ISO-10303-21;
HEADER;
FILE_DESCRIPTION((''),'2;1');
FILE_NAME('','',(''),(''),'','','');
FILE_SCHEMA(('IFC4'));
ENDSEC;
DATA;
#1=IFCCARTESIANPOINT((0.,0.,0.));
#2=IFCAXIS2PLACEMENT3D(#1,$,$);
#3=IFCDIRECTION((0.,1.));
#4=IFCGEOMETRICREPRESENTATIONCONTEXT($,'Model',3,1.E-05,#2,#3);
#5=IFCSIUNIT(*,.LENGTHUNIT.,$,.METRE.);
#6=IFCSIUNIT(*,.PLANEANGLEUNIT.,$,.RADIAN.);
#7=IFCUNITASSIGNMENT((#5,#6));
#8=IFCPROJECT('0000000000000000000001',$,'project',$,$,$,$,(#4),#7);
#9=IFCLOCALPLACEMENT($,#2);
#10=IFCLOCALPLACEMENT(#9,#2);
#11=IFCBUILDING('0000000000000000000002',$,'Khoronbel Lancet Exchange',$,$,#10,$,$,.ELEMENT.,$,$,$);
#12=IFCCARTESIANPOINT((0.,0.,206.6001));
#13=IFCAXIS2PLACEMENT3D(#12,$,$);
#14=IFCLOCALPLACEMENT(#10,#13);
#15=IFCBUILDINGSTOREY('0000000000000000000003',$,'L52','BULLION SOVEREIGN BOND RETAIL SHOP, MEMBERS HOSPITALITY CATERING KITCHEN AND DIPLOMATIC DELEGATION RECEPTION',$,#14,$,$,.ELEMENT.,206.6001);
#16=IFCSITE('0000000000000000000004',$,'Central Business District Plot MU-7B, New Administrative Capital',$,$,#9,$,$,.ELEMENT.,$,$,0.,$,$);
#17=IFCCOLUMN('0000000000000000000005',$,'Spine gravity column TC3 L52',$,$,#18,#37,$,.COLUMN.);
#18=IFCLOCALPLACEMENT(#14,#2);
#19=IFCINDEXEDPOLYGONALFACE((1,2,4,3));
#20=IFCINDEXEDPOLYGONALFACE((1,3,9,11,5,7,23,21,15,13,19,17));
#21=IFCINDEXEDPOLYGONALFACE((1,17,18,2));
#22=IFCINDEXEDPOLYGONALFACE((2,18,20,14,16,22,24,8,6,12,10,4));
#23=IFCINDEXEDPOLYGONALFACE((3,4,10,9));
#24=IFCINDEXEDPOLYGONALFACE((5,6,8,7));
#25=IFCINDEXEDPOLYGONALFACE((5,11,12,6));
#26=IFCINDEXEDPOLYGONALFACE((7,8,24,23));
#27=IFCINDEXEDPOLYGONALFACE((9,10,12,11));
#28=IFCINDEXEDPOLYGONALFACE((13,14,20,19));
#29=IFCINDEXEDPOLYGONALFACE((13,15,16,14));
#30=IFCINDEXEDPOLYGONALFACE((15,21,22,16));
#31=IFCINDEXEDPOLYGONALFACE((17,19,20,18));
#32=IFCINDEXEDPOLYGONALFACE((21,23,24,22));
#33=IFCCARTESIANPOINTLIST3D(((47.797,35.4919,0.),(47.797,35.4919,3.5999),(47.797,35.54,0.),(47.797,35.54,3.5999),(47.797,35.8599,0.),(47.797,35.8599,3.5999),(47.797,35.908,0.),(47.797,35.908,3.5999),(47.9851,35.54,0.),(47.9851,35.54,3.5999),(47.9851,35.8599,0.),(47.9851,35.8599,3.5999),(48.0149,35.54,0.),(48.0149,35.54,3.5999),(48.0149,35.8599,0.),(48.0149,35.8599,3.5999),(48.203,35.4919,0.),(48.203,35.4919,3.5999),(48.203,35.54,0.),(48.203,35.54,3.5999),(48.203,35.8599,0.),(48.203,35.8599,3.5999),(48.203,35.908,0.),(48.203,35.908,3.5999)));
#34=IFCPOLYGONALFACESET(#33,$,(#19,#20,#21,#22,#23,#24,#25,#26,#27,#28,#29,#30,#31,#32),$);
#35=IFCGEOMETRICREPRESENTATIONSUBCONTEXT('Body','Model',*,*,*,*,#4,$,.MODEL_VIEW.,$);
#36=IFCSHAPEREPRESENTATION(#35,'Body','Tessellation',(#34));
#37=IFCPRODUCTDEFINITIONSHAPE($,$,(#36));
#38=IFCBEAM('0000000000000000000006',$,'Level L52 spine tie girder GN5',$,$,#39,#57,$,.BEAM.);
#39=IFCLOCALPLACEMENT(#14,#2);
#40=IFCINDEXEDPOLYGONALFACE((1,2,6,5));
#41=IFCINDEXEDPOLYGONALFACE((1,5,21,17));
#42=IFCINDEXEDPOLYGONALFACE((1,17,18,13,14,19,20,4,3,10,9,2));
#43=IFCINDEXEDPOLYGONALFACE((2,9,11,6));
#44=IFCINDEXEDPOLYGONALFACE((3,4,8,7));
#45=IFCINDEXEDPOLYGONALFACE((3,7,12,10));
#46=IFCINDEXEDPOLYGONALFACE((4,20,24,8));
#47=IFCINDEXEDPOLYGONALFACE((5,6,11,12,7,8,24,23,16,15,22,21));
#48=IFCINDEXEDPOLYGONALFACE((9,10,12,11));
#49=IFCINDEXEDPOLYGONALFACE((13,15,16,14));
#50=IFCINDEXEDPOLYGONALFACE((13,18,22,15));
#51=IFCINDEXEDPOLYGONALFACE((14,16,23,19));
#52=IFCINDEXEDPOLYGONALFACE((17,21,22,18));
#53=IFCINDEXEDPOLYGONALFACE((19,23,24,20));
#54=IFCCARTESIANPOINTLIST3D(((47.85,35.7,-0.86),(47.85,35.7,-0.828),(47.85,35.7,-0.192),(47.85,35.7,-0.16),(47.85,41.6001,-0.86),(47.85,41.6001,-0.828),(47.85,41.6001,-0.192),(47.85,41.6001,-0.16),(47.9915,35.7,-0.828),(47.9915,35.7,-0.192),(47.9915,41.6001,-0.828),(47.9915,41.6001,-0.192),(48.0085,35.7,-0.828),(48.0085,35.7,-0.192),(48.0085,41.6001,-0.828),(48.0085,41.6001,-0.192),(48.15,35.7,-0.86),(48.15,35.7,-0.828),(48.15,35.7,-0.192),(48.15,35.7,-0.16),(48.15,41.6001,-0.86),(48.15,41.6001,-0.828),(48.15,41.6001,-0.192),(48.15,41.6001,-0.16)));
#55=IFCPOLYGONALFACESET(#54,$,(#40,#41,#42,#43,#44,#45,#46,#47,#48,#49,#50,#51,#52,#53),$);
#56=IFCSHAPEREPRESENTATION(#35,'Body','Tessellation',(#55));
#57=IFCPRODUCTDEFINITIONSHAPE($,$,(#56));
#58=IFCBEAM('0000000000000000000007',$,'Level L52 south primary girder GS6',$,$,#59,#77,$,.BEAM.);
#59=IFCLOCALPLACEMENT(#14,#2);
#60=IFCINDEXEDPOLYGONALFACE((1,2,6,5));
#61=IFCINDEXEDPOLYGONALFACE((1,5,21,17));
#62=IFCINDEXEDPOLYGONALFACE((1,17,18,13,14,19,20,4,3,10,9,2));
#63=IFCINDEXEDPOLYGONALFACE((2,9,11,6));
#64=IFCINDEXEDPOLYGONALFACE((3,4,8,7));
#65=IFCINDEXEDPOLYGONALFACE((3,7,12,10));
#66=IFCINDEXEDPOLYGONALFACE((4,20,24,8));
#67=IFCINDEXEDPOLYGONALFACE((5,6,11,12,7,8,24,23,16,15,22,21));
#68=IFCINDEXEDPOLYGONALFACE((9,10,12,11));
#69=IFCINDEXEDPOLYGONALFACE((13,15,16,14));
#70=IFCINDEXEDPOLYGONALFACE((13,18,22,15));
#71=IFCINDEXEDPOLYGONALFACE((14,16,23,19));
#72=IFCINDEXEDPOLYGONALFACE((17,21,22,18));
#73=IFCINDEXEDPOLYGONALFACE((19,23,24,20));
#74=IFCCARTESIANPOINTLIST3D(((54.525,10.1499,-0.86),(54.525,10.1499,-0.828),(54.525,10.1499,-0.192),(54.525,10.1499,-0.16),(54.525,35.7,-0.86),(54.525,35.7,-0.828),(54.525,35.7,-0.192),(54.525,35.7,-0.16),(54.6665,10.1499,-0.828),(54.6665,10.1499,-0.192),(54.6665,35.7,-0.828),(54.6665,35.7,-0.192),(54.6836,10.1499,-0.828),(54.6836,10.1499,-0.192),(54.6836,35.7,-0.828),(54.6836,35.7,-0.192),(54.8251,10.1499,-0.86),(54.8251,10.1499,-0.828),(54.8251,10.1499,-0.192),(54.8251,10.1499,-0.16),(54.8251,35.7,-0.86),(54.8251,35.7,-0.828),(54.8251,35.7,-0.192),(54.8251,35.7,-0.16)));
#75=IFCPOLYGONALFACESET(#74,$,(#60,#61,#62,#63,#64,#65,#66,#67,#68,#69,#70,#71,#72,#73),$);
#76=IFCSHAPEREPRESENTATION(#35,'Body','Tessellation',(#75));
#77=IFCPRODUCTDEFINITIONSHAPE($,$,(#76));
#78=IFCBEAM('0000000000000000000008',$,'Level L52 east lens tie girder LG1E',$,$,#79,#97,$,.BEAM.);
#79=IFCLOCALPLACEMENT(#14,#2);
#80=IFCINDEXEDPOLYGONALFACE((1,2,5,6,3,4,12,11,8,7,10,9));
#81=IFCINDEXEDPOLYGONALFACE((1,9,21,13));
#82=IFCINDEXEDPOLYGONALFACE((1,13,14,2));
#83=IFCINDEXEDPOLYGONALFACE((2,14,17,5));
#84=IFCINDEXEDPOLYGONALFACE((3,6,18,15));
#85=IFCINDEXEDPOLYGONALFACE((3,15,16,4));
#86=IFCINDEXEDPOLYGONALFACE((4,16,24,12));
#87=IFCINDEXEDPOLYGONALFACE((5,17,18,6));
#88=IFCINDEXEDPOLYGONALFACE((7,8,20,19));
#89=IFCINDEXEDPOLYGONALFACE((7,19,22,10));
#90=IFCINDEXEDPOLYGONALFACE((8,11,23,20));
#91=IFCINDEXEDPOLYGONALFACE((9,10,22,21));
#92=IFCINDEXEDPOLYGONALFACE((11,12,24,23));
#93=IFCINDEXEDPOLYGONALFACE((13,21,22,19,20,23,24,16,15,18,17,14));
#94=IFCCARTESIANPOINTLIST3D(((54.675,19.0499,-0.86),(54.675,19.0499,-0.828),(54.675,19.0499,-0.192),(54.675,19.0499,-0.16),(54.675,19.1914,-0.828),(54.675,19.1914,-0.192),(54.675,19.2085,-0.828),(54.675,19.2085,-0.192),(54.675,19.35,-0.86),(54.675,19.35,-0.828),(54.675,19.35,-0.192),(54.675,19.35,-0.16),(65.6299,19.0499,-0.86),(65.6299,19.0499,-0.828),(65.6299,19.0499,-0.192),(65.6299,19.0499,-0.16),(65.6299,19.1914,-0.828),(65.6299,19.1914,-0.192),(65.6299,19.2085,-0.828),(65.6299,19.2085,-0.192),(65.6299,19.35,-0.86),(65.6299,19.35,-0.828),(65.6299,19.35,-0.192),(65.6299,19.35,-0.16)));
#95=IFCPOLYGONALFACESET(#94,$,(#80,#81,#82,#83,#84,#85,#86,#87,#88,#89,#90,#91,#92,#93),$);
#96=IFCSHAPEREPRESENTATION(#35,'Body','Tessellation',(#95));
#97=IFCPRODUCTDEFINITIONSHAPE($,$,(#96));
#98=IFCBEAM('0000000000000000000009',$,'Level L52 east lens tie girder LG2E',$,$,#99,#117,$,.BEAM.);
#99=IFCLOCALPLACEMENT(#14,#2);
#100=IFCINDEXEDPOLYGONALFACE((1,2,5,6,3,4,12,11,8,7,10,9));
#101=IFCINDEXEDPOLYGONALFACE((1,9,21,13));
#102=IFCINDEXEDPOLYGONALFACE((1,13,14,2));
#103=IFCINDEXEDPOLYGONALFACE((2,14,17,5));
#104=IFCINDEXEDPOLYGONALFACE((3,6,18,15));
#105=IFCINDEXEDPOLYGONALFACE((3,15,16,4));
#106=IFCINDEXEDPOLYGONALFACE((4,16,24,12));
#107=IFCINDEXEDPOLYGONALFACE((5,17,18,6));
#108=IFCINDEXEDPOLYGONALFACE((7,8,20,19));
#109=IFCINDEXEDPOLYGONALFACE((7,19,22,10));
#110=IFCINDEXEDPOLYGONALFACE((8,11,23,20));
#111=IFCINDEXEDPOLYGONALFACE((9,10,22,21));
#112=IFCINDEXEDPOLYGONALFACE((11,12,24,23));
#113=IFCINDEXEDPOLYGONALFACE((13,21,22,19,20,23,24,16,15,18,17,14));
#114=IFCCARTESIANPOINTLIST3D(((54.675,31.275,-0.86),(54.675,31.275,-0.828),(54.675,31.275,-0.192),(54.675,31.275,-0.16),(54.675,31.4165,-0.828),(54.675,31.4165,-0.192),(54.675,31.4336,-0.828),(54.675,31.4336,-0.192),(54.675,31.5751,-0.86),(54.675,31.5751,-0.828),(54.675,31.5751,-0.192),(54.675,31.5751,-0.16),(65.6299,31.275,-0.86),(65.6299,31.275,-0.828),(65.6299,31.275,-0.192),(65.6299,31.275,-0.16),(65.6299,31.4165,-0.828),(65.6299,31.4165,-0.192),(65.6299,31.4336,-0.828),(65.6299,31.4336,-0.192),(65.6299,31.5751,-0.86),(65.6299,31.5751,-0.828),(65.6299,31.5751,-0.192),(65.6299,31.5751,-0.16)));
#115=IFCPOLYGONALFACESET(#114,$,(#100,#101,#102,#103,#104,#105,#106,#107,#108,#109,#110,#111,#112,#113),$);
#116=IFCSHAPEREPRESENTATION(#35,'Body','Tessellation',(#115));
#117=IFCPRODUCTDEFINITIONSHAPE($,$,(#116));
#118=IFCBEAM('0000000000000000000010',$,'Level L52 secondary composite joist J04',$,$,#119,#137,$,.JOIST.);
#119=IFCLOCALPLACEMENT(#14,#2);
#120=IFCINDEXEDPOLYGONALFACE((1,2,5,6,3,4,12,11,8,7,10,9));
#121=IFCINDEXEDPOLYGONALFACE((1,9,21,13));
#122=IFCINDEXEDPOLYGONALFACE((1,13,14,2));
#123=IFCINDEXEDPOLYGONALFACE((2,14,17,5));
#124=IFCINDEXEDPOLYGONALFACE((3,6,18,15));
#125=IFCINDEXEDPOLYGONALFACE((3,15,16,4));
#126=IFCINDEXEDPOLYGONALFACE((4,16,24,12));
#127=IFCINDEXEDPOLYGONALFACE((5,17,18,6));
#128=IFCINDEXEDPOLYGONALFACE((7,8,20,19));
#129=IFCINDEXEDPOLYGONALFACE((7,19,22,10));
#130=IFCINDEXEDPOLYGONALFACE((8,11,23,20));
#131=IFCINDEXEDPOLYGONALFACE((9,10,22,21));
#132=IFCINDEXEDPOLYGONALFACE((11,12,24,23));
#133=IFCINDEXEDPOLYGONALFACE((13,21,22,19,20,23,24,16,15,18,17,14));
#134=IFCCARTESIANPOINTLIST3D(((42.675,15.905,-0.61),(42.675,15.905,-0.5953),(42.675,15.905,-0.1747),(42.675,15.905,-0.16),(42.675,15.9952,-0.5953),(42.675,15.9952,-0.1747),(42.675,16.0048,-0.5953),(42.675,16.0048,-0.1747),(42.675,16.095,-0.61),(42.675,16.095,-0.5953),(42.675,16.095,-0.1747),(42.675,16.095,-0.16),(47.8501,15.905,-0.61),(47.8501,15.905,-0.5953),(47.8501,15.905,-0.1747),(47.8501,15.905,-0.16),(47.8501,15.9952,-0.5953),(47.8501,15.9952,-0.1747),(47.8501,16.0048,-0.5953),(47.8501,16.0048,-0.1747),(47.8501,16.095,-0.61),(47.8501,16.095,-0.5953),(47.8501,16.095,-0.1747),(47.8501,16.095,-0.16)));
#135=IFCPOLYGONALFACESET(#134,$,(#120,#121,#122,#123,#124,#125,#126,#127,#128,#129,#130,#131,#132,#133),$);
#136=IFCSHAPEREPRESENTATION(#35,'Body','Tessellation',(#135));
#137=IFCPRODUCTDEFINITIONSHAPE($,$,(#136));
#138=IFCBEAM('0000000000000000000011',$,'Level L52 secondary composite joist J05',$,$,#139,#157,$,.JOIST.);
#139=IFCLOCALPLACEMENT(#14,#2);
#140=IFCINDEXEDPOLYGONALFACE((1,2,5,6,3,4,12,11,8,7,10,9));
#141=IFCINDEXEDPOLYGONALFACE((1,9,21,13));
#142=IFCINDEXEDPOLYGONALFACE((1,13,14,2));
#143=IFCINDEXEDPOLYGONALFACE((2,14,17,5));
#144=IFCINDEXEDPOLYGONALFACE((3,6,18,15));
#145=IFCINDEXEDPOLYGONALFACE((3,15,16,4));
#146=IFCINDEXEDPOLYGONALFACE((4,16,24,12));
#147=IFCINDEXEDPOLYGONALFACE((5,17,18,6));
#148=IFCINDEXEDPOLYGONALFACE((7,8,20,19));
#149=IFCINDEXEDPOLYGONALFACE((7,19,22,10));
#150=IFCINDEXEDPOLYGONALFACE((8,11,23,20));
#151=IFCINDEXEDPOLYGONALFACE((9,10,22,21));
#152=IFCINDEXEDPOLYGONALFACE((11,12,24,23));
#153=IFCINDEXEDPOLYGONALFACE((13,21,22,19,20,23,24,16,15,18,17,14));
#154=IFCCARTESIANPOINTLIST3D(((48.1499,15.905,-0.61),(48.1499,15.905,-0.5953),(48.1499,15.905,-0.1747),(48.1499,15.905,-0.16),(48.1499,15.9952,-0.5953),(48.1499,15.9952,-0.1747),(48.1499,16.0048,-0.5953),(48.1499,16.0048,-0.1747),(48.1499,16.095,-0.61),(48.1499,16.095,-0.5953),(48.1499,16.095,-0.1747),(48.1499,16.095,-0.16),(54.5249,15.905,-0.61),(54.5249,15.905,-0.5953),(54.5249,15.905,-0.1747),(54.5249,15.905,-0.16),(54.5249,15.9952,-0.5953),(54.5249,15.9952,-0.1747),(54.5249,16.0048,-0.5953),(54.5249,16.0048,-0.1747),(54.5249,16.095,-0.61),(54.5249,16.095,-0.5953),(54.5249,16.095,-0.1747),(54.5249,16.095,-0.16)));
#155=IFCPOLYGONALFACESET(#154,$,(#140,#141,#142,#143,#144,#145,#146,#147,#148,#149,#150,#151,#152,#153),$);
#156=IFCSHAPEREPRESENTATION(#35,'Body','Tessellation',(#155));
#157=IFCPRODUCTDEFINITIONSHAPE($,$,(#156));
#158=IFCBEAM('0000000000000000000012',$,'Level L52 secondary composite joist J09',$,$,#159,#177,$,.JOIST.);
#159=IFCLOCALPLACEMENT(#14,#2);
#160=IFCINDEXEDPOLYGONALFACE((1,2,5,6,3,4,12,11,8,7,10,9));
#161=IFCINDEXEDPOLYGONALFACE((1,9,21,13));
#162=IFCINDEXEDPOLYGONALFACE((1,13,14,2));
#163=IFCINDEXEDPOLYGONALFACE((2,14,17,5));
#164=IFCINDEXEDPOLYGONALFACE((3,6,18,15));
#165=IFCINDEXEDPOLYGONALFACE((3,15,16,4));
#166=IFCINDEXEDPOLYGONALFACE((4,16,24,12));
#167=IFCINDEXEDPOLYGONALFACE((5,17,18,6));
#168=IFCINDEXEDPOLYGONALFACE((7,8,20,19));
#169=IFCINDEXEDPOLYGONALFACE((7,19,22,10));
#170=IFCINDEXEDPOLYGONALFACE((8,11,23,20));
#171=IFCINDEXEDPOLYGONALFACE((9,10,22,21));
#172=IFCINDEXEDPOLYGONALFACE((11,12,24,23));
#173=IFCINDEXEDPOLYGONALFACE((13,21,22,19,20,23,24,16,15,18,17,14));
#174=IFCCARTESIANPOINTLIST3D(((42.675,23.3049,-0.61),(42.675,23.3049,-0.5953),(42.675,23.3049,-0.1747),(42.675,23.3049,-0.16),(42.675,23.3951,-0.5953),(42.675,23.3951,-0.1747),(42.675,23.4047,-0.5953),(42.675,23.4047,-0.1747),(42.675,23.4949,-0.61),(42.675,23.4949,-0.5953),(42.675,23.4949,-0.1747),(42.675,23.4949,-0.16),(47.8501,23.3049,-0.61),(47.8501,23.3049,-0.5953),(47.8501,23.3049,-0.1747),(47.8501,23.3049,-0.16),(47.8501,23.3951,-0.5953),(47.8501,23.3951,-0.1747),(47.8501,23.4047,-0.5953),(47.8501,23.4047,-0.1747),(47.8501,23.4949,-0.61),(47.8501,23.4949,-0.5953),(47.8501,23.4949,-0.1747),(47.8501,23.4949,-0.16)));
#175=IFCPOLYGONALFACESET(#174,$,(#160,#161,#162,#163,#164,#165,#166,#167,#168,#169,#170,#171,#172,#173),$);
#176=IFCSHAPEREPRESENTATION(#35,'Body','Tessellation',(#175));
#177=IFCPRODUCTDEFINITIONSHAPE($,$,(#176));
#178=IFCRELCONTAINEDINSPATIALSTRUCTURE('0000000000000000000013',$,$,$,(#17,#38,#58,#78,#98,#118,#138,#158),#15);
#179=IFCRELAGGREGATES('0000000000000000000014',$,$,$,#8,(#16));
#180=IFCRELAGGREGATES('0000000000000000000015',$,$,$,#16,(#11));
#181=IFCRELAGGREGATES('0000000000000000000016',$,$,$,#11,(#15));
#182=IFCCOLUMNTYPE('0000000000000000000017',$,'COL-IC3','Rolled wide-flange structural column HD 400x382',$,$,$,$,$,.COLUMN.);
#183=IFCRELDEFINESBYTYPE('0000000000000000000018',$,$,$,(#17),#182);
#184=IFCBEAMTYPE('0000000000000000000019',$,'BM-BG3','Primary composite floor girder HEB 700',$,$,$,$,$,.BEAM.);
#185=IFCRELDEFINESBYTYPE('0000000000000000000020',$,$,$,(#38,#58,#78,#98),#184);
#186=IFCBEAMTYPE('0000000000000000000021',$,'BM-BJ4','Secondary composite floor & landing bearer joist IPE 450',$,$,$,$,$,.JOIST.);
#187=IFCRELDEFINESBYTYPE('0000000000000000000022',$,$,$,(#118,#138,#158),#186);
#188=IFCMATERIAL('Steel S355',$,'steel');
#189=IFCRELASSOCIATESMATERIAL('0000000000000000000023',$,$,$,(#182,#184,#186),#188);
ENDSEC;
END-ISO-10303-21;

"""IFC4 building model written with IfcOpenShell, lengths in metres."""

from ifc_helpers import new_model, si_unit, direction, frame, origin, origin_2d, place, context, subcontext, project, spatial, i_section, extrude, material, material_profile, profile_set, type_object, element, save


model = new_model("IFC4")

# Units and contexts
model_context = context("Model", 3, precision=1e-05, world=origin(), true_north=direction((0.0, 1.0)))
body_context = subcontext(model_context, "Body", "Model", "MODEL_VIEW")
ifc_project = project(units=[si_unit("LENGTHUNIT", "METRE"), si_unit("PLANEANGLEUNIT", "RADIAN")], contexts=[model_context])

# Site, building, storey
site_placement = place(None, origin())
site = spatial("IfcSite", under=ifc_project, at=site_placement, Name="Central Business District Plot MU-7B, New Administrative Capital", CompositionType="ELEMENT", RefElevation=0.0)
building_placement = place(site_placement, origin())
building = spatial("IfcBuilding", under=site, at=building_placement, Name="Khoronbel Lancet Exchange", CompositionType="ELEMENT")
storey_placement = place(building_placement, frame((0.0, 0.0, 206.6001)))
storey = spatial("IfcBuildingStorey", under=building, at=storey_placement, Name="L52", Description="BULLION SOVEREIGN BOND RETAIL SHOP, MEMBERS HOSPITALITY CATERING KITCHEN AND DIPLOMATIC DELEGATION RECEPTION", CompositionType="ELEMENT", Elevation=206.6001)

# Column
ifc_material_1 = material(Name="Steel S355", Category="steel")
ifc_material_profile_1 = material_profile(ifc_material_1, i_section(OverallWidth=0.406, OverallDepth=0.416, WebThickness=0.0298, FlangeThickness=0.0481, at=origin_2d()), Name="HD 400x382")
ifc_profile_set_1 = profile_set([ifc_material_profile_1], Name="Steel S355")
column_type = type_object("IfcColumnType", Name="COL-IC3", Description="Rolled wide-flange structural column HD 400x382", PredefinedType="COLUMN", material=ifc_profile_set_1)
column_placement = place(storey_placement, frame((48.0, 35.7, 0.0), z_axis=(0.0, 0.0, 1.0), x_axis=(1.0, 0.0, 0.0)))
element("IfcColumn", 1, at=column_placement, inside=storey, type_object=column_type, Name="Spine gravity column TC3 L52", PredefinedType="COLUMN", context=body_context, shape_type="SweptSolid", body=[
    extrude(i_section(OverallWidth=0.406, OverallDepth=0.416, WebThickness=0.0298, FlangeThickness=0.0481, at=origin_2d()), origin(), (0.0, 0.0, 1.0), 3.5999),
])

# Beams
ifc_material_profile_2 = material_profile(ifc_material_1, i_section(OverallWidth=0.3, OverallDepth=0.7, WebThickness=0.0171, FlangeThickness=0.032, at=origin_2d()), Name="HEB 700")
ifc_profile_set_2 = profile_set([ifc_material_profile_2], Name="Steel S355")
beam_type_1 = type_object("IfcBeamType", Name="BM-BG3", Description="Primary composite floor girder HEB 700", PredefinedType="BEAM", material=ifc_profile_set_2)
beam_1_placement = place(storey_placement, frame((48.0, 35.7, -0.51), z_axis=(0.0, 1.0, 0.0), x_axis=(-1.0, 0.0, 0.0)))
element("IfcBeam", 2, at=beam_1_placement, inside=storey, type_object=beam_type_1, Name="Level L52 spine tie girder GN5", PredefinedType="BEAM", context=body_context, shape_type="SweptSolid", body=[
    extrude(i_section(OverallWidth=0.3, OverallDepth=0.7, WebThickness=0.0171, FlangeThickness=0.032, at=origin_2d()), origin(), (0.0, 0.0, 1.0), 5.9001),
])
beam_2_placement = place(storey_placement, frame((54.675, 10.1499, -0.51), z_axis=(0.0, 1.0, 0.0), x_axis=(-1.0, 0.0, 0.0)))
element("IfcBeam", 3, at=beam_2_placement, inside=storey, type_object=beam_type_1, Name="Level L52 south primary girder GS6", PredefinedType="BEAM", context=body_context, shape_type="SweptSolid", body=[
    extrude(i_section(OverallWidth=0.3, OverallDepth=0.7, WebThickness=0.0171, FlangeThickness=0.032, at=origin_2d()), origin(), (0.0, 0.0, 1.0), 25.55),
])
for number, where, z_axis, x_axis, name in (
    (4, (54.675, 19.2, -0.51), (1.0, 0.0, 0.0), (0.0, 1.0, 0.0), "Level L52 east lens tie girder LG1E"),
    (5, (54.675, 31.425, -0.51), (1.0, 0.0, 0.0), (0.0, 1.0, 0.0), "Level L52 east lens tie girder LG2E"),
):
    element("IfcBeam", number, at=place(storey_placement, frame(where, z_axis=z_axis, x_axis=x_axis)), inside=storey, type_object=beam_type_1, Name=name, PredefinedType="BEAM", context=body_context, shape_type="SweptSolid", body=[
        extrude(i_section(OverallWidth=0.3, OverallDepth=0.7, WebThickness=0.0171, FlangeThickness=0.032, at=origin_2d()), origin(), (0.0, 0.0, 1.0), 10.9548),
    ])
ifc_material_profile_3 = material_profile(ifc_material_1, i_section(OverallWidth=0.1899, OverallDepth=0.45, WebThickness=0.0095, FlangeThickness=0.0146, at=origin_2d()), Name="IPE 450")
ifc_profile_set_3 = profile_set([ifc_material_profile_3], Name="Steel S355")
beam_type_2 = type_object("IfcBeamType", Name="BM-BJ4", Description="Secondary composite floor & landing bearer joist IPE 450", PredefinedType="JOIST", material=ifc_profile_set_3)
beam_3_placement = place(storey_placement, frame((42.675, 16.0, -0.385), z_axis=(1.0, 0.0, 0.0), x_axis=(0.0, 1.0, 0.0)))
element("IfcBeam", 6, at=beam_3_placement, inside=storey, type_object=beam_type_2, Name="Level L52 secondary composite joist J04", PredefinedType="JOIST", context=body_context, shape_type="SweptSolid", body=[
    extrude(i_section(OverallWidth=0.1899, OverallDepth=0.45, WebThickness=0.0095, FlangeThickness=0.0146, at=origin_2d()), origin(), (0.0, 0.0, 1.0), 5.175),
])
beam_4_placement = place(storey_placement, frame((48.1499, 16.0, -0.385), z_axis=(1.0, 0.0, 0.0), x_axis=(0.0, 1.0, 0.0)))
element("IfcBeam", 7, at=beam_4_placement, inside=storey, type_object=beam_type_2, Name="Level L52 secondary composite joist J05", PredefinedType="JOIST", context=body_context, shape_type="SweptSolid", body=[
    extrude(i_section(OverallWidth=0.1899, OverallDepth=0.45, WebThickness=0.0095, FlangeThickness=0.0146, at=origin_2d()), origin(), (0.0, 0.0, 1.0), 6.375),
])
beam_5_placement = place(storey_placement, frame((42.675, 23.3999, -0.385), z_axis=(1.0, 0.0, 0.0), x_axis=(0.0, 1.0, 0.0)))
element("IfcBeam", 8, at=beam_5_placement, inside=storey, type_object=beam_type_2, Name="Level L52 secondary composite joist J09", PredefinedType="JOIST", context=body_context, shape_type="SweptSolid", body=[
    extrude(i_section(OverallWidth=0.1899, OverallDepth=0.45, WebThickness=0.0095, FlangeThickness=0.0146, at=origin_2d()), origin(), (0.0, 0.0, 1.0), 5.175),
])

save(model, "model.ifc")
